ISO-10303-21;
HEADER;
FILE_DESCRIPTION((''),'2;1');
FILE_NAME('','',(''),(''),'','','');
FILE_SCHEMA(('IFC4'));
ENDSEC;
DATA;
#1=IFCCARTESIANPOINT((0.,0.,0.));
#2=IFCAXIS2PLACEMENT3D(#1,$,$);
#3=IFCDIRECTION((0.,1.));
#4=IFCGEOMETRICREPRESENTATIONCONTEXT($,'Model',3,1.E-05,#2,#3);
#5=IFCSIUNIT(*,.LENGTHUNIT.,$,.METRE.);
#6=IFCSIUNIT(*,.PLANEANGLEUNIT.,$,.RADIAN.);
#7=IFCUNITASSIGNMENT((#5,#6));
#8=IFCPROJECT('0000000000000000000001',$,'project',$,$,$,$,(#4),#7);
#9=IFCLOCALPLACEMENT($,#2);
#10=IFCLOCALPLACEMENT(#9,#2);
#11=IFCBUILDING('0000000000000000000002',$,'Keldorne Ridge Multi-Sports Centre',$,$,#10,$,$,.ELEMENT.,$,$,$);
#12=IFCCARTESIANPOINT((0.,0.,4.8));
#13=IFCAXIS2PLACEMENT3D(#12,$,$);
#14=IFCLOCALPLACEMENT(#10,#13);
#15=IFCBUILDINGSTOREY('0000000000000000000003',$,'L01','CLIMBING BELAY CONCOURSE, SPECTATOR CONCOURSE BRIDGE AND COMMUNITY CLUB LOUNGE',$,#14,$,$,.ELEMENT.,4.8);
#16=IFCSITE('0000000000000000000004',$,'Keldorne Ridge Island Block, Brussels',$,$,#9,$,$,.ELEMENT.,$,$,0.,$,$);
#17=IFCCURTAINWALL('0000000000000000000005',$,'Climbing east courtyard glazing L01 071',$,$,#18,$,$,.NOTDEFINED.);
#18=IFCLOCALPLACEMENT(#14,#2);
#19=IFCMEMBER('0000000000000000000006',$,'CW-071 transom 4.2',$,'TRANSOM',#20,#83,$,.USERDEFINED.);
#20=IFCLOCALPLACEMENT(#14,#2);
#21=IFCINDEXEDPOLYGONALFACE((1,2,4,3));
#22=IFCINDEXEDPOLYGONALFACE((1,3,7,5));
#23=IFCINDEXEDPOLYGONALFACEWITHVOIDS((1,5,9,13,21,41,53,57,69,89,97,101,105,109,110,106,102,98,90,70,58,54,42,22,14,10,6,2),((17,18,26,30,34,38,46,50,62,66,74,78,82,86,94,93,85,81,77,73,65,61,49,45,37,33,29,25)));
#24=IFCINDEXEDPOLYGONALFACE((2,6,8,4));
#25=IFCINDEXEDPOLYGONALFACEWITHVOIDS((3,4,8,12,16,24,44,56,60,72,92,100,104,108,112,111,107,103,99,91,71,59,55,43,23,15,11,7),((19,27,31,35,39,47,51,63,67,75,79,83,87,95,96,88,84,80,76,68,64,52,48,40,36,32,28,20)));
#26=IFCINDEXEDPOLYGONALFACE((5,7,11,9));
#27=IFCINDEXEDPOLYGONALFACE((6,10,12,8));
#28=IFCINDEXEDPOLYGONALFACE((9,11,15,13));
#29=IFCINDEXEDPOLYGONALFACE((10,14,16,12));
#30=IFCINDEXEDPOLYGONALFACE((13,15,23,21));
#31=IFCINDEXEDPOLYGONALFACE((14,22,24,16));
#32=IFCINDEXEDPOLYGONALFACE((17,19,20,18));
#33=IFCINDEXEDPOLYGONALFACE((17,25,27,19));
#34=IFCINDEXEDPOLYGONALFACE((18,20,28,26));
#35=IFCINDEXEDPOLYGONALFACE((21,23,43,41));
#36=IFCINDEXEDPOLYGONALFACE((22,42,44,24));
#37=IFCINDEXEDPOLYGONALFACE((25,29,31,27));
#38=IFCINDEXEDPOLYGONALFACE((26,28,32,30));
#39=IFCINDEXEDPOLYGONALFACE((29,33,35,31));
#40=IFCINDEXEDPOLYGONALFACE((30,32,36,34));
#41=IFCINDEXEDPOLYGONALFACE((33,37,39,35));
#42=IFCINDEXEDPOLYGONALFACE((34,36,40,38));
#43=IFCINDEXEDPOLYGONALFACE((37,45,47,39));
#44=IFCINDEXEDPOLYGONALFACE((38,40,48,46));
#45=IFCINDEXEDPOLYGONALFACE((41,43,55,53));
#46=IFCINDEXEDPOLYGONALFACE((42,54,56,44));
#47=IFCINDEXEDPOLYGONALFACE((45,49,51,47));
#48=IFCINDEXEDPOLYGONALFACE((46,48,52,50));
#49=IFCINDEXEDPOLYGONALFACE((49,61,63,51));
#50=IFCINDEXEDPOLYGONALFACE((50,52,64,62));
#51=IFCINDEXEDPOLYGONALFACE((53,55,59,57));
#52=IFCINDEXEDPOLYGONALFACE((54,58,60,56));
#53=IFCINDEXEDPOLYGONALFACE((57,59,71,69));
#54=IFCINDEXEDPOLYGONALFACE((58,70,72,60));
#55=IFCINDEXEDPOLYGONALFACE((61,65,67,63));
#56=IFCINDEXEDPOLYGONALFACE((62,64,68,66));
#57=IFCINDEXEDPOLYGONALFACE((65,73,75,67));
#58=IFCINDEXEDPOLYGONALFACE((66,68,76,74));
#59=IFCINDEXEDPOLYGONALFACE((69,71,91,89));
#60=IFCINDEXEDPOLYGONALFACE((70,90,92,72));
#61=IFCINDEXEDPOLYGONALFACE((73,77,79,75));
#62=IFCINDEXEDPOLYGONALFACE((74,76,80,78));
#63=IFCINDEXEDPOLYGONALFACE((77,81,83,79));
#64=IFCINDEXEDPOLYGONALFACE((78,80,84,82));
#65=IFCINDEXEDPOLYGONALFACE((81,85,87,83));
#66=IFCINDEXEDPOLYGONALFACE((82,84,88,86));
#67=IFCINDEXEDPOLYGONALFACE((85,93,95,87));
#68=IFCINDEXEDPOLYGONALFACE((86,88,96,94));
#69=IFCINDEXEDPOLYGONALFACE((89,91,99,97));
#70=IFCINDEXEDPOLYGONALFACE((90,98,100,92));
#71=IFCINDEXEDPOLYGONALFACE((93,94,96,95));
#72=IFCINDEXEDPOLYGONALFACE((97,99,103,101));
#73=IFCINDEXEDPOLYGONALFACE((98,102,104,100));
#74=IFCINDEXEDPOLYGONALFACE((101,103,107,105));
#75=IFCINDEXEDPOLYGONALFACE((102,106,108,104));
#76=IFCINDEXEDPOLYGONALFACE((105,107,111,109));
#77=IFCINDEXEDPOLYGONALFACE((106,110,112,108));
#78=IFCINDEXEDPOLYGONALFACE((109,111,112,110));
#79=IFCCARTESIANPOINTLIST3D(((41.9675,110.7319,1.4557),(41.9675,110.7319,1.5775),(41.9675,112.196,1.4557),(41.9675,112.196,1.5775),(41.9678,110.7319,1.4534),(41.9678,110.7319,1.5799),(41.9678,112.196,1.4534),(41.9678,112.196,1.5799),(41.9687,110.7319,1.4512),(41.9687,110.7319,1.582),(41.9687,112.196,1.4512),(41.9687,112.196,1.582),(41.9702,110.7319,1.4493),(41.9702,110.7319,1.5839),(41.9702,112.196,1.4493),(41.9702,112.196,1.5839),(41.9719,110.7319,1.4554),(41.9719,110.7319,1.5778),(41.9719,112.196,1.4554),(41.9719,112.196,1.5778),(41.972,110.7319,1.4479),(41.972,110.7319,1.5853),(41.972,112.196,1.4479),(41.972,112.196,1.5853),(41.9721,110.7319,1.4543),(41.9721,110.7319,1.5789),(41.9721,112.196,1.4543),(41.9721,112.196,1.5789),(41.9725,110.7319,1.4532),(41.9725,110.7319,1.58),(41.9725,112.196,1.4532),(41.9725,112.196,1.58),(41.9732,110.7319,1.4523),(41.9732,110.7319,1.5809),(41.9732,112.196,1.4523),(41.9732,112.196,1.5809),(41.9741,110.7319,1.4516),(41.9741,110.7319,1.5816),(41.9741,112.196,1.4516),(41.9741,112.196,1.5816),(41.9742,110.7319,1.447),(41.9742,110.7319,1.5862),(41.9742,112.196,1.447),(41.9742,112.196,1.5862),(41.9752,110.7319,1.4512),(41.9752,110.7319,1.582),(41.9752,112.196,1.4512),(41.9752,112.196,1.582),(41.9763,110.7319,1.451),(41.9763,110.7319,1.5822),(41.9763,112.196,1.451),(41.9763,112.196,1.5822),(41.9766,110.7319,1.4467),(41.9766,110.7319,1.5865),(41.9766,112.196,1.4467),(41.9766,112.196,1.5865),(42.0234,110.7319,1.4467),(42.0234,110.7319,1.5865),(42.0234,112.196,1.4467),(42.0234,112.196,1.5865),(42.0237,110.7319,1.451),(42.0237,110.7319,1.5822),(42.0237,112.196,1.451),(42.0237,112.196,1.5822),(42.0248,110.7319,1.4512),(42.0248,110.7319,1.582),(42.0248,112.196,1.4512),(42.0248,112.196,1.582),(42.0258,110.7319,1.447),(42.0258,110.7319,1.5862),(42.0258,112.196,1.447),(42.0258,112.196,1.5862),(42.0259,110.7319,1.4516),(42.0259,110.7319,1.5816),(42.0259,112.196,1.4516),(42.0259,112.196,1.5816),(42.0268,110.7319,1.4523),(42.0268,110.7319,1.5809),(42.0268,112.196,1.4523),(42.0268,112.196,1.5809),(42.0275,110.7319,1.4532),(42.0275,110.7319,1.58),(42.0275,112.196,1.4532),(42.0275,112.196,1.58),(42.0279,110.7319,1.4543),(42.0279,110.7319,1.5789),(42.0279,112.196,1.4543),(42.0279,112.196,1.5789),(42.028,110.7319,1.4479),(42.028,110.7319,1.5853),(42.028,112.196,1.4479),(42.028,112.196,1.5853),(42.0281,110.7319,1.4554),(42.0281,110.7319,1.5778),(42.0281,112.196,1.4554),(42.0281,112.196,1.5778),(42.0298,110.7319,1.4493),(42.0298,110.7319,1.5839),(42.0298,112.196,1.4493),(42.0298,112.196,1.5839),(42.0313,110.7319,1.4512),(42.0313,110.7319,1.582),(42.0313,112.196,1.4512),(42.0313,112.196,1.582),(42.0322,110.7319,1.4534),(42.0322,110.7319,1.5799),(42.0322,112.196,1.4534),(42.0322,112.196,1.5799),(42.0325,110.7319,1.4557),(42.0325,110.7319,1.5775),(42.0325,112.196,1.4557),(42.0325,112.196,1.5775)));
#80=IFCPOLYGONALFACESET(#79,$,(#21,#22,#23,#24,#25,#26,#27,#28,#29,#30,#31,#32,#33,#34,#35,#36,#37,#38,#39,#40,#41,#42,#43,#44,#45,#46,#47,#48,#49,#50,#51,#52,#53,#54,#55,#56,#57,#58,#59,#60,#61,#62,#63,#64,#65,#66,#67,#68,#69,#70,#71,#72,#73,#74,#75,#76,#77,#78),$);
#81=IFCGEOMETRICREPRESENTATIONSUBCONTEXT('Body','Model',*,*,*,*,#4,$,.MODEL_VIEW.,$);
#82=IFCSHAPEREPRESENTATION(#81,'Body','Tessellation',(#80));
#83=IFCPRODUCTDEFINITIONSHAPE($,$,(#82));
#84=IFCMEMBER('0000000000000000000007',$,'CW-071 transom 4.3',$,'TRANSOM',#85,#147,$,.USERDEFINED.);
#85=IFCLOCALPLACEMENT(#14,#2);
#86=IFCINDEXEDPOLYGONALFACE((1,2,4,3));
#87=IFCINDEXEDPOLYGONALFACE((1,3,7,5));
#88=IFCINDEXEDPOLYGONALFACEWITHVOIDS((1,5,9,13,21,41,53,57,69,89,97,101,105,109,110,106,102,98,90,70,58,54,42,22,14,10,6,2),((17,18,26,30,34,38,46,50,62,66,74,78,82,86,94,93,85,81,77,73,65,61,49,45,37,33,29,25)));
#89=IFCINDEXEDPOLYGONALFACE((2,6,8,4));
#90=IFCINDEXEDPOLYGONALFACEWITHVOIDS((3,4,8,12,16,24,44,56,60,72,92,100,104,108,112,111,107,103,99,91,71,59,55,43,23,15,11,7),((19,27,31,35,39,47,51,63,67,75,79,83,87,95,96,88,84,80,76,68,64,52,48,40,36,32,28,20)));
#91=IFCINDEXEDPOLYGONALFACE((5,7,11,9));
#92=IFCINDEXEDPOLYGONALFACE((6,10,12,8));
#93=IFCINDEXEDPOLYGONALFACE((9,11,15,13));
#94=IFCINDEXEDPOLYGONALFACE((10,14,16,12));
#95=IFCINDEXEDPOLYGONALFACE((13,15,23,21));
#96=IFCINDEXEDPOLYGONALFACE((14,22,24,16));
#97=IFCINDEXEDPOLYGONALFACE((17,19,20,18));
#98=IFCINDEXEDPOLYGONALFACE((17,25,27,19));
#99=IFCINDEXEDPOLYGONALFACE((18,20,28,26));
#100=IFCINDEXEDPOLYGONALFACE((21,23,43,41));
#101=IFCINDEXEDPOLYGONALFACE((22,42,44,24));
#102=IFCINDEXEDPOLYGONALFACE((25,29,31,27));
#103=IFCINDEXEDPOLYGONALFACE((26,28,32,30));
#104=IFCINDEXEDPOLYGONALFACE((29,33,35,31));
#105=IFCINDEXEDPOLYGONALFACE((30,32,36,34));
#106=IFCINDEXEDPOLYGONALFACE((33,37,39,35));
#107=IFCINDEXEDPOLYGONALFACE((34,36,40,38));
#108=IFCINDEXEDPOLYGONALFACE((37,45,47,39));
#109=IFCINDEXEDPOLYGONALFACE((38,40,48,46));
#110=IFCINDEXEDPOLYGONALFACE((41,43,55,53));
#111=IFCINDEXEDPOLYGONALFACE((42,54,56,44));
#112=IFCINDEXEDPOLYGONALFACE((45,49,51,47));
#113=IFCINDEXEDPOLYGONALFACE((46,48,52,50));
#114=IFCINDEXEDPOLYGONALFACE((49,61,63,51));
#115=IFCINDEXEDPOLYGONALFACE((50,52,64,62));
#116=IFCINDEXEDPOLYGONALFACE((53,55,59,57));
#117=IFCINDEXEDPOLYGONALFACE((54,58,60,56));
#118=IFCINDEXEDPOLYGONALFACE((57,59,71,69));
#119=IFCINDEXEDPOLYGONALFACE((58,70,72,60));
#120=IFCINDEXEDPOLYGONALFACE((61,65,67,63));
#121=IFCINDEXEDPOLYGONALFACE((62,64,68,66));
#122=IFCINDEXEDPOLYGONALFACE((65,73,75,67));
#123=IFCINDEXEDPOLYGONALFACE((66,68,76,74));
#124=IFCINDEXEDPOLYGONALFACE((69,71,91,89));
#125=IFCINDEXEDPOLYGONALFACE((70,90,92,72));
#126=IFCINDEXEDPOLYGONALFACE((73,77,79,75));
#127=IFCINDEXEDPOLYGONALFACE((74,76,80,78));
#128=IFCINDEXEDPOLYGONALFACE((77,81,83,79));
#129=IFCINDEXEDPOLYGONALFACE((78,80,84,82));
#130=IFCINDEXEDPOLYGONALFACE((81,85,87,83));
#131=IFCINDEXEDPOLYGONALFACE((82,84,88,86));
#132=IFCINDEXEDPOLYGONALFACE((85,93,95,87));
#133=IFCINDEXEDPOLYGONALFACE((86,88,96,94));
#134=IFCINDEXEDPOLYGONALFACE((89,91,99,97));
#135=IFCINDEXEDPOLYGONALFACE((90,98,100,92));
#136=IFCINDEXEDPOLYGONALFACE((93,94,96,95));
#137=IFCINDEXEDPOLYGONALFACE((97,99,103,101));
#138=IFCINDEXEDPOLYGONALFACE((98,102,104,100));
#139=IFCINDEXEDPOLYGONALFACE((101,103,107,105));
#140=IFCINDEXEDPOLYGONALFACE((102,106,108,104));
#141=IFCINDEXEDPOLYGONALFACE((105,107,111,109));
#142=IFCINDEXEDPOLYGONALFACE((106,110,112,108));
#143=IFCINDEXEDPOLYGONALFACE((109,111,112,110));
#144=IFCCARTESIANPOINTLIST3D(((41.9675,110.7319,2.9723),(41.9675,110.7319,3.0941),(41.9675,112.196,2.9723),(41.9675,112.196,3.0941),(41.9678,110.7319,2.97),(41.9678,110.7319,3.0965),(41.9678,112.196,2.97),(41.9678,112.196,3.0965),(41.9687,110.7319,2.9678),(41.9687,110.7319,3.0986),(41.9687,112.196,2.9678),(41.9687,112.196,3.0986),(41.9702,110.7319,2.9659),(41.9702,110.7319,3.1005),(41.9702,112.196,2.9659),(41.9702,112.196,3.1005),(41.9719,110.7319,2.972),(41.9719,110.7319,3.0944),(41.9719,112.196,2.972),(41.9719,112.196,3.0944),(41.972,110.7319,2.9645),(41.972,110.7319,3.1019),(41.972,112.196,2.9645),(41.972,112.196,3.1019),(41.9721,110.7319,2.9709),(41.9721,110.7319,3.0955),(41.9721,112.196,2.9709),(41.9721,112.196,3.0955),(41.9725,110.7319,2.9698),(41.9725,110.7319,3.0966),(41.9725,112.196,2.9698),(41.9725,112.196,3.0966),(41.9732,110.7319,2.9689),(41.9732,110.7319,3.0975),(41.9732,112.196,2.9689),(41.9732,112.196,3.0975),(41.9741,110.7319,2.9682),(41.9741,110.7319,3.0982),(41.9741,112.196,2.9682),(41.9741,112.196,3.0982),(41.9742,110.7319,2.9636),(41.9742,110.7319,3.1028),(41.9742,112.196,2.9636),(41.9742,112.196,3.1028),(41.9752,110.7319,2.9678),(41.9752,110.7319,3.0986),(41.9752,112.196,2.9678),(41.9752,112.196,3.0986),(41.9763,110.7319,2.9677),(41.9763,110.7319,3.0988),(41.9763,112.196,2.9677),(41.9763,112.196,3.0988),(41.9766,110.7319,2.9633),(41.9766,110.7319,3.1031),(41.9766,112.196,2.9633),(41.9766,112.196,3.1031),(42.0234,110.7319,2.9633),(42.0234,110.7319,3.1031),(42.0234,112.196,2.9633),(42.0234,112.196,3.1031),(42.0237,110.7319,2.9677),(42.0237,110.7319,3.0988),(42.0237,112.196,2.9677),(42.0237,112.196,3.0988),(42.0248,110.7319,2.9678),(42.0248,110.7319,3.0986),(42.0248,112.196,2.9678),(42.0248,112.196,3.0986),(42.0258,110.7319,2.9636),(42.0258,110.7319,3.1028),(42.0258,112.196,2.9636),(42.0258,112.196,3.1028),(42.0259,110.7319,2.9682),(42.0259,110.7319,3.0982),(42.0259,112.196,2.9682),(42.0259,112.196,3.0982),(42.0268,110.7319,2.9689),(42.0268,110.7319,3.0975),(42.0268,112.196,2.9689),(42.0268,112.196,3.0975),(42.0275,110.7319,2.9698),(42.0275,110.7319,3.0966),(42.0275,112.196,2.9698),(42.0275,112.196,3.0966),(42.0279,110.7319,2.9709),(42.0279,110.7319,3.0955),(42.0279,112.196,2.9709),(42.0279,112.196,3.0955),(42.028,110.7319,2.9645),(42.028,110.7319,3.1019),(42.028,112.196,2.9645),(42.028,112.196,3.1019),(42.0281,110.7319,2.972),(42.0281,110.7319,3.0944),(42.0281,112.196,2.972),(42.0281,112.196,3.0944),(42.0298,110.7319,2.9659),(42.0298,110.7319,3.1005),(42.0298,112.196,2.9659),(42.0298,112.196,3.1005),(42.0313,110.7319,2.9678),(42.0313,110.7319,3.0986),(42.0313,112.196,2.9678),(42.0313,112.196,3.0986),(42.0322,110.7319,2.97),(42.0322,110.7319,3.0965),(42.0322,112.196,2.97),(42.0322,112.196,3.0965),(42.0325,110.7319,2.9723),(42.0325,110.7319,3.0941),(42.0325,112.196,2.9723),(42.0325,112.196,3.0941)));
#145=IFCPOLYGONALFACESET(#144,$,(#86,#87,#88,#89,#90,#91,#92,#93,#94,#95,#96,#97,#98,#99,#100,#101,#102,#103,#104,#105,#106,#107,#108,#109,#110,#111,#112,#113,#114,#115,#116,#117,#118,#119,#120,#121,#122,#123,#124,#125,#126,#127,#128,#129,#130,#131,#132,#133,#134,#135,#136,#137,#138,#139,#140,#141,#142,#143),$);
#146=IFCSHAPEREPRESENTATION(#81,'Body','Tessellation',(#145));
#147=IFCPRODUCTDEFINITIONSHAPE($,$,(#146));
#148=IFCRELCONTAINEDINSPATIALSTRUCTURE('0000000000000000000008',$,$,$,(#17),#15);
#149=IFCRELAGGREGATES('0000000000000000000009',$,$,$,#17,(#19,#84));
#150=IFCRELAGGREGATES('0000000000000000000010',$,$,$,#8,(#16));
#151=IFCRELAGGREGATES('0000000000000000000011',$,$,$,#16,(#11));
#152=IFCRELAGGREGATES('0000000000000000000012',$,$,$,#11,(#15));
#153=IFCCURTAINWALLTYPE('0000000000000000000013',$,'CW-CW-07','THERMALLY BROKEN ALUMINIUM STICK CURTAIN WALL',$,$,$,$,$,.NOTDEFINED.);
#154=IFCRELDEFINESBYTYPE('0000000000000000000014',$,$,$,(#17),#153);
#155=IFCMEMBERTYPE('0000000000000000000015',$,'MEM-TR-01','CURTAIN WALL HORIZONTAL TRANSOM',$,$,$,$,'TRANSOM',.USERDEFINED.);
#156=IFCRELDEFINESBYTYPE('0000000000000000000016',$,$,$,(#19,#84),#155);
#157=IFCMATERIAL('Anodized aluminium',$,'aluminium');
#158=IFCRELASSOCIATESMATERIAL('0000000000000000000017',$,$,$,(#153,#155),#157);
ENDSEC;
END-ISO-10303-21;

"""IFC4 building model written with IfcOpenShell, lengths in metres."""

from ifc_helpers import new_model, si_unit, direction, frame, origin, origin_2d, place, context, subcontext, project, spatial, hollow_rectangle, extrude, material, material_profile, profile_set, type_object, element, aggregate, save


model = new_model("IFC4")

# Units and contexts
model_context = context("Model", 3, precision=1e-05, world=origin(), true_north=direction((0.0, 1.0)))
body_context = subcontext(model_context, "Body", "Model", "MODEL_VIEW")
ifc_project = project(units=[si_unit("LENGTHUNIT", "METRE"), si_unit("PLANEANGLEUNIT", "RADIAN")], contexts=[model_context])

# Site, building, storey
site_placement = place(None, origin())
site = spatial("IfcSite", under=ifc_project, at=site_placement, Name="Keldorne Ridge Island Block, Brussels", CompositionType="ELEMENT", RefElevation=0.0)
building_placement = place(site_placement, origin())
building = spatial("IfcBuilding", under=site, at=building_placement, Name="Keldorne Ridge Multi-Sports Centre", CompositionType="ELEMENT")
storey_placement = place(building_placement, frame((0.0, 0.0, 4.8)))
storey = spatial("IfcBuildingStorey", under=building, at=storey_placement, Name="L01", Description="CLIMBING BELAY CONCOURSE, SPECTATOR CONCOURSE BRIDGE AND COMMUNITY CLUB LOUNGE", CompositionType="ELEMENT", Elevation=4.8)

# Curtain wall
ifc_material_1 = material(Name="Anodized aluminium", Category="aluminium")
curtain_wall_type_1 = type_object("IfcCurtainWallType", Name="CW-CW-07", Description="THERMALLY BROKEN ALUMINIUM STICK CURTAIN WALL", PredefinedType="NOTDEFINED", material=ifc_material_1)
curtain_wall_1_placement = place(storey_placement, origin())
curtain_wall_1 = element("IfcCurtainWall", 1, at=curtain_wall_1_placement, inside=storey, type_object=curtain_wall_type_1, Name="Climbing east courtyard glazing L01 071", PredefinedType="NOTDEFINED")

# Members
ifc_material_profile_1 = material_profile(ifc_material_1, hollow_rectangle(XDim=0.0649, YDim=0.1399, WallThickness=0.0044, InnerFilletRadius=0.0044, OuterFilletRadius=0.009, at=origin_2d()), Name="ALU TRANSOM 140x65x4.5")
ifc_profile_set_1 = profile_set([ifc_material_profile_1], Name="Anodized aluminium")
member_type_1 = type_object("IfcMemberType", Name="MEM-TR-01", Description="CURTAIN WALL HORIZONTAL TRANSOM", ElementType="TRANSOM", PredefinedType="USERDEFINED", material=ifc_profile_set_1)
member_1_placement = place(storey_placement, frame((42.0, 110.7319, 1.5166), z_axis=(0.0, 1.0, 0.0), x_axis=(-1.0, 0.0, 0.0)))
member_1 = element("IfcMember", 2, at=member_1_placement, type_object=member_type_1, Name="CW-071 transom 4.2", ObjectType="TRANSOM", PredefinedType="USERDEFINED", context=body_context, shape_type="SweptSolid", body=[
    extrude(hollow_rectangle(XDim=0.0649, YDim=0.1399, WallThickness=0.0044, InnerFilletRadius=0.0044, OuterFilletRadius=0.009, at=origin_2d()), origin(), (0.0, 0.0, 1.0), 1.4641),
])
member_2_placement = place(storey_placement, frame((42.0, 110.7319, 3.0332), z_axis=(0.0, 1.0, 0.0), x_axis=(-1.0, 0.0, 0.0)))
member_2 = element("IfcMember", 3, at=member_2_placement, type_object=member_type_1, Name="CW-071 transom 4.3", ObjectType="TRANSOM", PredefinedType="USERDEFINED", context=body_context, shape_type="SweptSolid", body=[
    extrude(hollow_rectangle(XDim=0.0649, YDim=0.1399, WallThickness=0.0044, InnerFilletRadius=0.0044, OuterFilletRadius=0.009, at=origin_2d()), origin(), (0.0, 0.0, 1.0), 1.4641),
])

aggregate(curtain_wall_1, [member_1, member_2])

save(model, "model.ifc")
